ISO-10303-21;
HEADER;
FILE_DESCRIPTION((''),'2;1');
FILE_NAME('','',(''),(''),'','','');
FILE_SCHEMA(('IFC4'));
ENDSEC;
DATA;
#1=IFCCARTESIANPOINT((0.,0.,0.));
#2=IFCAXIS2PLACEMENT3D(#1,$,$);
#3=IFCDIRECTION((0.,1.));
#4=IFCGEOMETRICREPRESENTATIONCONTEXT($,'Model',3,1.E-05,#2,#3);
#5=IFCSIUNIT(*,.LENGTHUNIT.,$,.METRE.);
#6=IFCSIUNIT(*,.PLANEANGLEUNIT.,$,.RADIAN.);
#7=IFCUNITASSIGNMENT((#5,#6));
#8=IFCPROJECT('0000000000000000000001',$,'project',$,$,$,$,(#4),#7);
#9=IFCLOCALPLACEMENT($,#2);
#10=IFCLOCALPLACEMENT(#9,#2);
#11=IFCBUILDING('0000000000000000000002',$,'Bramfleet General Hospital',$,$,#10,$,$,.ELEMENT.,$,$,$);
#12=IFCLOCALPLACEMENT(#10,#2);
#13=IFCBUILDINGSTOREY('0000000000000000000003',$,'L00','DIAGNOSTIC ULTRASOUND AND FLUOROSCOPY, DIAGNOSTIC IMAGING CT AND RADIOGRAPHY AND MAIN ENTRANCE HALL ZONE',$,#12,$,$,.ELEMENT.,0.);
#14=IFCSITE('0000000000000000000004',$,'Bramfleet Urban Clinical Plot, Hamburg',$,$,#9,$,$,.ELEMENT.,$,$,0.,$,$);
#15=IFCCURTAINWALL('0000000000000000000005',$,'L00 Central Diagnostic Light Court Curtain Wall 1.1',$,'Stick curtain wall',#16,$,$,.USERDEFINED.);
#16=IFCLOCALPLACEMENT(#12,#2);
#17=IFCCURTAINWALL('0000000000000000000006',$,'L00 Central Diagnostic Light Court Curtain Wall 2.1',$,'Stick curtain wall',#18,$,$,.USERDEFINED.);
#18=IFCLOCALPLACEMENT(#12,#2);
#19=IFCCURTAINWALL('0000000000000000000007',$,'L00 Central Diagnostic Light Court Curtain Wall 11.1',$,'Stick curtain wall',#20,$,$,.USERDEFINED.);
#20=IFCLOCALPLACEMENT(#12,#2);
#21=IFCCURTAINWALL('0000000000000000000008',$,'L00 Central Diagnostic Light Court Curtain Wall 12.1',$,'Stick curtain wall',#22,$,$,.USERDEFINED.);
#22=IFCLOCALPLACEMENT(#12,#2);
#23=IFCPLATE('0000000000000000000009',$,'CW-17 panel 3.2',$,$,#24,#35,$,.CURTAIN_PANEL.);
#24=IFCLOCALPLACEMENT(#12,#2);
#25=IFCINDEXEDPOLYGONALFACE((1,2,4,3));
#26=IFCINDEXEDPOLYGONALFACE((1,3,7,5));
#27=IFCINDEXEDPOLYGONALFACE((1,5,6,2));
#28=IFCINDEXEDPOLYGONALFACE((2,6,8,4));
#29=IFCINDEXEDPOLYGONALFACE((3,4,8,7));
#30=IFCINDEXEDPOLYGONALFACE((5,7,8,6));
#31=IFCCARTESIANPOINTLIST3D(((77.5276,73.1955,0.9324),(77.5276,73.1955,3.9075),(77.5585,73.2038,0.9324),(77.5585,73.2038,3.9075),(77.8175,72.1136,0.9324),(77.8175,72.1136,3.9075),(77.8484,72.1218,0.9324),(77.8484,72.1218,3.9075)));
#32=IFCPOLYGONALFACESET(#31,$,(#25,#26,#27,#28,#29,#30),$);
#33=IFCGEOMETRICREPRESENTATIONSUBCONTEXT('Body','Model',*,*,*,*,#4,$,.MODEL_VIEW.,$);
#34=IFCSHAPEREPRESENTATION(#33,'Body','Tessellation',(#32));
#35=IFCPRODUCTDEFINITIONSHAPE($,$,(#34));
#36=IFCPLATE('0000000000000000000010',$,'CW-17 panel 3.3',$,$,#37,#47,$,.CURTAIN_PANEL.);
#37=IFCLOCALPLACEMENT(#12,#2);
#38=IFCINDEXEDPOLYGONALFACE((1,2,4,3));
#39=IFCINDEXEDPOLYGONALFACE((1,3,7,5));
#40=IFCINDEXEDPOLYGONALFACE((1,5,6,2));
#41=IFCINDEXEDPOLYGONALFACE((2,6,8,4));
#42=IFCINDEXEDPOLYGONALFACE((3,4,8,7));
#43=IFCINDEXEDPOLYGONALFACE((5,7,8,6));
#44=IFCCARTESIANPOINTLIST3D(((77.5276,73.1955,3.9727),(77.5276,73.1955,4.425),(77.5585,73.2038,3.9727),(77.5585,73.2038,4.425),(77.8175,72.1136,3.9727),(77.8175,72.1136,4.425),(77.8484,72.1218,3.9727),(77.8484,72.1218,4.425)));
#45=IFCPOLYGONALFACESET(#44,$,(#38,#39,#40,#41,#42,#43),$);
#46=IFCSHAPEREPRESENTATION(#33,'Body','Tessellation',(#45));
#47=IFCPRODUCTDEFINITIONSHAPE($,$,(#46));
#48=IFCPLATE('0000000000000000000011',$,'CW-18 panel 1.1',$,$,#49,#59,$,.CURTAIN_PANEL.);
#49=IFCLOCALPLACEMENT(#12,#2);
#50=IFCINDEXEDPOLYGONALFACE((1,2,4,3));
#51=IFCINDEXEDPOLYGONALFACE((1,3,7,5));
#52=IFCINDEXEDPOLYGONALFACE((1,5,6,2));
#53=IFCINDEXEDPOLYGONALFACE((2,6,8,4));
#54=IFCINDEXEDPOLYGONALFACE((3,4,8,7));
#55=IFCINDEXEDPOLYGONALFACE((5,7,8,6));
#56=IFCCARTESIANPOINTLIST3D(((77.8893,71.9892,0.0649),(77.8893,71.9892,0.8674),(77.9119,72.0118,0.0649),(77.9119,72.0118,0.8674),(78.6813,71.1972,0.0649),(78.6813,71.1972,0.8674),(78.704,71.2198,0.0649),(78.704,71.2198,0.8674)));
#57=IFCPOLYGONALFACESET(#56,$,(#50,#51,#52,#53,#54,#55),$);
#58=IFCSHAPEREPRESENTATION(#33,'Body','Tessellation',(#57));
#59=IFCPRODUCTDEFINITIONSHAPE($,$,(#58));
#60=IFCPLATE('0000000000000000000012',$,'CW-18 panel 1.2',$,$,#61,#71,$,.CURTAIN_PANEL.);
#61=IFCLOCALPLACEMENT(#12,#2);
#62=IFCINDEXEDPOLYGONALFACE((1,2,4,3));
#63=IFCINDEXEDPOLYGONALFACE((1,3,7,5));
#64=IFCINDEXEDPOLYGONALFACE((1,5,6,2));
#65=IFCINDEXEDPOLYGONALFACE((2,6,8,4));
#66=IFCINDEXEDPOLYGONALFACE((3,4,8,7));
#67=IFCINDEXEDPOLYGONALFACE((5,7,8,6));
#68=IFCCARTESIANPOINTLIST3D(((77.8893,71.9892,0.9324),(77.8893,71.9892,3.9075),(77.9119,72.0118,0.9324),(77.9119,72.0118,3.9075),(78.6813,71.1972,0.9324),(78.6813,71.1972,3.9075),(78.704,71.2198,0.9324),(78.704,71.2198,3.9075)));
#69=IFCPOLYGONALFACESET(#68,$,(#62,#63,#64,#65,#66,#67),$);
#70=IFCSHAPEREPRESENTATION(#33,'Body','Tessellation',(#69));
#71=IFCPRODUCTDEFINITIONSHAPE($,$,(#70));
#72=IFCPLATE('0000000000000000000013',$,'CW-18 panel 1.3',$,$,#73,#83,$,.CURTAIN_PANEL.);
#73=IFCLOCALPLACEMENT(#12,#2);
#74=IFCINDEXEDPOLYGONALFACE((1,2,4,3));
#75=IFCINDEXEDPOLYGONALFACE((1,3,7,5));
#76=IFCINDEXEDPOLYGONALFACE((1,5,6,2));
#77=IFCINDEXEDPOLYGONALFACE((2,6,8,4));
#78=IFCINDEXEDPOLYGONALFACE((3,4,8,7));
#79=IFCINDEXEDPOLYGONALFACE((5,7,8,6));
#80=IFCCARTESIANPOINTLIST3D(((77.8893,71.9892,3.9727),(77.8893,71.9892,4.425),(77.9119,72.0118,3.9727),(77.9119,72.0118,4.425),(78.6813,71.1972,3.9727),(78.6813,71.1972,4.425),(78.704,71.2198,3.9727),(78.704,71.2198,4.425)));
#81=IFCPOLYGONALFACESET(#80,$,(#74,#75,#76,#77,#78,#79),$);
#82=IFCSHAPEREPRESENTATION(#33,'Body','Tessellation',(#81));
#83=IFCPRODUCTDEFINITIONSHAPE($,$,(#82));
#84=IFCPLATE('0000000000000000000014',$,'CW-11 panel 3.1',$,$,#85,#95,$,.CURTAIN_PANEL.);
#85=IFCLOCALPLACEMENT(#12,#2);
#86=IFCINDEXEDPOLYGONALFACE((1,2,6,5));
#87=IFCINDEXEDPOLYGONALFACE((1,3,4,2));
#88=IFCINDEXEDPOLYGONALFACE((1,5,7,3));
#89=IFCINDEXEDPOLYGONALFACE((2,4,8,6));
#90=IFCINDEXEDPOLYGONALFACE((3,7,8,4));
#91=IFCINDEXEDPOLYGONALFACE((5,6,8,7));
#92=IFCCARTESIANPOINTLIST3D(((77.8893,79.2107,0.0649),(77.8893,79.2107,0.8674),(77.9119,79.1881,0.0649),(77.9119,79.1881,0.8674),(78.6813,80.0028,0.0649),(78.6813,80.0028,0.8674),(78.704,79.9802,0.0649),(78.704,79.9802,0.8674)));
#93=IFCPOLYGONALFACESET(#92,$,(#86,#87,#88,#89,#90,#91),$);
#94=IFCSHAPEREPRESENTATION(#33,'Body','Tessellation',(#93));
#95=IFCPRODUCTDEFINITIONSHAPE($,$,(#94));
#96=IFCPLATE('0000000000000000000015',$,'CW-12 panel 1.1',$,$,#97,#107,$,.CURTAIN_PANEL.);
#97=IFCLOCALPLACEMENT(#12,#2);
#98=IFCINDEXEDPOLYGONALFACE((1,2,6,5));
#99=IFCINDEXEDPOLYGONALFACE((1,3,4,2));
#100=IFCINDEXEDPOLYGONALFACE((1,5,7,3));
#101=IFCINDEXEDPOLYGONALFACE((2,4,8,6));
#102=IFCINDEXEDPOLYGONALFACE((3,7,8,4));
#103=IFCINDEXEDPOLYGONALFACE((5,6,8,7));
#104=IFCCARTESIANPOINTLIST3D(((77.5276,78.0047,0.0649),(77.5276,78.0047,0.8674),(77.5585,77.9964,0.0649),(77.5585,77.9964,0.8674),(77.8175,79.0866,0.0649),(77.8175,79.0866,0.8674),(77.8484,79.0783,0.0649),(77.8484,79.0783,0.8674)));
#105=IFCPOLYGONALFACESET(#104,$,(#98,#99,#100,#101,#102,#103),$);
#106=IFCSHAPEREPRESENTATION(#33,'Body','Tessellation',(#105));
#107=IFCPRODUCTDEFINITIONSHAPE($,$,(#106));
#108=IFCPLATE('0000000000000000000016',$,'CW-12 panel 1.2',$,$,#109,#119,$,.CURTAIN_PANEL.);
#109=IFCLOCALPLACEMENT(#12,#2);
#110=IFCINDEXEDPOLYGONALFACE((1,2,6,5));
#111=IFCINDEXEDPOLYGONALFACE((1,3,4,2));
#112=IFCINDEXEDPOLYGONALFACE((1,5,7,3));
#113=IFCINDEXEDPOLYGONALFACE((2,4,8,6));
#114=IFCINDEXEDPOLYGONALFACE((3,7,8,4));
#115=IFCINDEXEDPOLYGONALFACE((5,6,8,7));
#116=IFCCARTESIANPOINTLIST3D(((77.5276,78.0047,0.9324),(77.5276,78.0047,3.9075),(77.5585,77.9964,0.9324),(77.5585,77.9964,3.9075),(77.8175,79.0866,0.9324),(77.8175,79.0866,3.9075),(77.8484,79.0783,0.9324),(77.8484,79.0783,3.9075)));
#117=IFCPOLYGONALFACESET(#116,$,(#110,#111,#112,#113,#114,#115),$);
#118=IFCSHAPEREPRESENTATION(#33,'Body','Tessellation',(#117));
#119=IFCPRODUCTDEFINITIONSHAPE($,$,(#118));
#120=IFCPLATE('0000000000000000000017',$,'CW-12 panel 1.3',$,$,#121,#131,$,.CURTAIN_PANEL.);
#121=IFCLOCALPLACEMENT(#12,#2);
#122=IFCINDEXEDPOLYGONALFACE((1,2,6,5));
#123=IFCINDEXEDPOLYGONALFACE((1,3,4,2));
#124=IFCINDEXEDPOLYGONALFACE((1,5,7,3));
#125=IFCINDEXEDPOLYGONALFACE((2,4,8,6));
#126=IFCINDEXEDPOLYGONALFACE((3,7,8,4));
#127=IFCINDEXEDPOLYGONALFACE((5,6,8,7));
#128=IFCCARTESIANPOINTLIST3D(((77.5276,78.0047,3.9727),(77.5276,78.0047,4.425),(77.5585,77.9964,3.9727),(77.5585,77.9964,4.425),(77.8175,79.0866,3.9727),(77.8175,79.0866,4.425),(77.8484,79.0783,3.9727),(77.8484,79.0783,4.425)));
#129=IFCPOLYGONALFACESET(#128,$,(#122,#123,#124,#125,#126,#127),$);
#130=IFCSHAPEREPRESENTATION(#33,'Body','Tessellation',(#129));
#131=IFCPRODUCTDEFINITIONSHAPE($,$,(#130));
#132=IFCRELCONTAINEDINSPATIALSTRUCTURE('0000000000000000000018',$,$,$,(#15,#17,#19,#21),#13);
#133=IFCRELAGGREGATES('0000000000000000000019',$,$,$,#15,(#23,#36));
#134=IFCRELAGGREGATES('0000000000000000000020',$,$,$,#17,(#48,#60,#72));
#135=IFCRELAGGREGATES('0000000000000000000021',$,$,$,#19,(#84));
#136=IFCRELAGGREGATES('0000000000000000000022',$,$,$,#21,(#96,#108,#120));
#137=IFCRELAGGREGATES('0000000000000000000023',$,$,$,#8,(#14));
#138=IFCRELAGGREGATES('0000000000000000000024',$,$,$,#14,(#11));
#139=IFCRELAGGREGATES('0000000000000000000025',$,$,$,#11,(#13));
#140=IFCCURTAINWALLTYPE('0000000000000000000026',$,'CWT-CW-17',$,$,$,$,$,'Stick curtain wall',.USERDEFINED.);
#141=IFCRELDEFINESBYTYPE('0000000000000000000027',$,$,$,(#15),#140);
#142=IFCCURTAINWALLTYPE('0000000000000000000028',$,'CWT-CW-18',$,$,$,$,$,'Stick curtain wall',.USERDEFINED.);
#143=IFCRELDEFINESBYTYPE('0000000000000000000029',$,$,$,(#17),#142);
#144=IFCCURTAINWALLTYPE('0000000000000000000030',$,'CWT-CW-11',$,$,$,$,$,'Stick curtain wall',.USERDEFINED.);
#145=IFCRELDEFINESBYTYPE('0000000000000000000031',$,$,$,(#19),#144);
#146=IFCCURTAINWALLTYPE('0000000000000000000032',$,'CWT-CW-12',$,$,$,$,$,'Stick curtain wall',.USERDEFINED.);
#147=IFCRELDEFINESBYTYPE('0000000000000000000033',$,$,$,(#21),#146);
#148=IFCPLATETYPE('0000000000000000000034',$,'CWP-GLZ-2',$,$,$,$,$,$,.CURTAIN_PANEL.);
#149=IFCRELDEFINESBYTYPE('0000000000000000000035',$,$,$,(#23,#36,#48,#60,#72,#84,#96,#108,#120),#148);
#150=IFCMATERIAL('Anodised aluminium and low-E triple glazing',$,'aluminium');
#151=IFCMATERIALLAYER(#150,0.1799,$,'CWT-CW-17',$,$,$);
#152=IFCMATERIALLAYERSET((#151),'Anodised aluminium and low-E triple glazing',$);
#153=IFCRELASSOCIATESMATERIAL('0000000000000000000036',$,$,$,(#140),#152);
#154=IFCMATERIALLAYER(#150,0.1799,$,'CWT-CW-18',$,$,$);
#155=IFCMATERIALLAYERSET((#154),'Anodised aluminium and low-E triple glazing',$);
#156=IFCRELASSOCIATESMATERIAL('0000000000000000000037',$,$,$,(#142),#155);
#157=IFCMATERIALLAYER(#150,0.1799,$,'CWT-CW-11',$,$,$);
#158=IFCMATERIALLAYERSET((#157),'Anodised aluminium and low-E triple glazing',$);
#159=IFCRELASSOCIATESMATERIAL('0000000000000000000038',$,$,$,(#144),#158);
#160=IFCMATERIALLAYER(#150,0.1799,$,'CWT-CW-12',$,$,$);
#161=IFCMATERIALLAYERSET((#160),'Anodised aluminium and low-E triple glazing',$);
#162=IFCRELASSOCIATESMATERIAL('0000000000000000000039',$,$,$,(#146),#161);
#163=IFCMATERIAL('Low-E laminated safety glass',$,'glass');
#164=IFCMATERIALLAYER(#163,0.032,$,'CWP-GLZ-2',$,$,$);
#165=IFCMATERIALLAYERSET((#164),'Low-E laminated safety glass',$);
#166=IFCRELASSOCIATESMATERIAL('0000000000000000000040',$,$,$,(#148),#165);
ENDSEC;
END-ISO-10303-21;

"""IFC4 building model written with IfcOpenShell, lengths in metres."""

from ifc_helpers import new_model, si_unit, direction, frame, origin, origin_2d, place, context, subcontext, project, spatial, rectangle, extrude, material, layer, layer_set, type_object, element, aggregate, save


model = new_model("IFC4")

# Units and contexts
model_context = context("Model", 3, precision=1e-05, world=origin(), true_north=direction((0.0, 1.0)))
body_context = subcontext(model_context, "Body", "Model", "MODEL_VIEW")
ifc_project = project(units=[si_unit("LENGTHUNIT", "METRE"), si_unit("PLANEANGLEUNIT", "RADIAN")], contexts=[model_context])

# Site, building, storey
site_placement = place(None, origin())
site = spatial("IfcSite", under=ifc_project, at=site_placement, Name="Bramfleet Urban Clinical Plot, Hamburg", CompositionType="ELEMENT", RefElevation=0.0)
building_placement = place(site_placement, origin())
building = spatial("IfcBuilding", under=site, at=building_placement, Name="Bramfleet General Hospital", CompositionType="ELEMENT")
storey_placement = place(building_placement, origin())
storey = spatial("IfcBuildingStorey", under=building, at=storey_placement, Name="L00", Description="DIAGNOSTIC ULTRASOUND AND FLUOROSCOPY, DIAGNOSTIC IMAGING CT AND RADIOGRAPHY AND MAIN ENTRANCE HALL ZONE", CompositionType="ELEMENT", Elevation=0.0)

# Curtain wall
ifc_material_1 = material(Name="Anodised aluminium and low-E triple glazing", Category="aluminium")
ifc_layer_1 = layer(ifc_material_1, 0.1799, Name="CWT-CW-17")
ifc_layer_set_1 = layer_set([ifc_layer_1], Name="Anodised aluminium and low-E triple glazing")
curtain_wall_type_1 = type_object("IfcCurtainWallType", Name="CWT-CW-17", ElementType="Stick curtain wall", PredefinedType="USERDEFINED", material=ifc_layer_set_1)
curtain_wall_1_placement = place(storey_placement, origin())
curtain_wall_1 = element("IfcCurtainWall", 1, at=curtain_wall_1_placement, inside=storey, type_object=curtain_wall_type_1, Name="L00 Central Diagnostic Light Court Curtain Wall 1.1", ObjectType="Stick curtain wall", PredefinedType="USERDEFINED")

# Curtain walls
ifc_layer_2 = layer(ifc_material_1, 0.1799, Name="CWT-CW-18")
ifc_layer_set_2 = layer_set([ifc_layer_2], Name="Anodised aluminium and low-E triple glazing")
curtain_wall_type_2 = type_object("IfcCurtainWallType", Name="CWT-CW-18", ElementType="Stick curtain wall", PredefinedType="USERDEFINED", material=ifc_layer_set_2)
curtain_wall_2_placement = place(storey_placement, origin())
curtain_wall_2 = element("IfcCurtainWall", 2, at=curtain_wall_2_placement, inside=storey, type_object=curtain_wall_type_2, Name="L00 Central Diagnostic Light Court Curtain Wall 2.1", ObjectType="Stick curtain wall", PredefinedType="USERDEFINED")
ifc_layer_3 = layer(ifc_material_1, 0.1799, Name="CWT-CW-11")
ifc_layer_set_3 = layer_set([ifc_layer_3], Name="Anodised aluminium and low-E triple glazing")
curtain_wall_type_3 = type_object("IfcCurtainWallType", Name="CWT-CW-11", ElementType="Stick curtain wall", PredefinedType="USERDEFINED", material=ifc_layer_set_3)
curtain_wall_3_placement = place(storey_placement, origin())
curtain_wall_3 = element("IfcCurtainWall", 3, at=curtain_wall_3_placement, inside=storey, type_object=curtain_wall_type_3, Name="L00 Central Diagnostic Light Court Curtain Wall 11.1", ObjectType="Stick curtain wall", PredefinedType="USERDEFINED")

# Curtain wall
ifc_layer_4 = layer(ifc_material_1, 0.1799, Name="CWT-CW-12")
ifc_layer_set_4 = layer_set([ifc_layer_4], Name="Anodised aluminium and low-E triple glazing")
curtain_wall_type_4 = type_object("IfcCurtainWallType", Name="CWT-CW-12", ElementType="Stick curtain wall", PredefinedType="USERDEFINED", material=ifc_layer_set_4)
curtain_wall_4_placement = place(storey_placement, origin())
curtain_wall_4 = element("IfcCurtainWall", 4, at=curtain_wall_4_placement, inside=storey, type_object=curtain_wall_type_4, Name="L00 Central Diagnostic Light Court Curtain Wall 12.1", ObjectType="Stick curtain wall", PredefinedType="USERDEFINED")

# Plates
ifc_material_2 = material(Name="Low-E laminated safety glass", Category="glass")
ifc_layer_5 = layer(ifc_material_2, 0.032, Name="CWP-GLZ-2")
ifc_layer_set_5 = layer_set([ifc_layer_5], Name="Low-E laminated safety glass")
plate_type = type_object("IfcPlateType", Name="CWP-GLZ-2", PredefinedType="CURTAIN_PANEL", material=ifc_layer_set_5)
plate_1_placement = place(storey_placement, frame((77.688, 72.6587, 0.9324), z_axis=(0.0, 0.0, 1.0), x_axis=(0.258763, -0.965941, 0.0)))
plate_1 = element("IfcPlate", 5, at=plate_1_placement, type_object=plate_type, Name="CW-17 panel 3.2", PredefinedType="CURTAIN_PANEL", context=body_context, shape_type="SweptSolid", body=[
    extrude(rectangle(XDim=1.1201, YDim=0.032, at=origin_2d()), origin(), (0.0, 0.0, 1.0), 2.9751),
])
plate_2_placement = place(storey_placement, frame((77.688, 72.6587, 3.9727), z_axis=(0.0, 0.0, 1.0), x_axis=(0.258763, -0.965941, 0.0)))
plate_2 = element("IfcPlate", 6, at=plate_2_placement, type_object=plate_type, Name="CW-17 panel 3.3", PredefinedType="CURTAIN_PANEL", context=body_context, shape_type="SweptSolid", body=[
    extrude(rectangle(XDim=1.1201, YDim=0.032, at=origin_2d()), origin(), (0.0, 0.0, 1.0), 0.4524),
])
aggregate(curtain_wall_1, [plate_1, plate_2])
plate_3_placement = place(storey_placement, frame((78.2966, 71.6045, 0.0649), z_axis=(0.0, 0.0, 1.0), x_axis=(0.707107, -0.707107, 0.0)))
plate_3 = element("IfcPlate", 7, at=plate_3_placement, type_object=plate_type, Name="CW-18 panel 1.1", PredefinedType="CURTAIN_PANEL", context=body_context, shape_type="SweptSolid", body=[
    extrude(rectangle(XDim=1.1201, YDim=0.032, at=origin_2d()), origin(), (0.0, 0.0, 1.0), 0.8025),
])
plate_4_placement = place(storey_placement, frame((78.2966, 71.6045, 0.9324), z_axis=(0.0, 0.0, 1.0), x_axis=(0.707107, -0.707107, 0.0)))
plate_4 = element("IfcPlate", 8, at=plate_4_placement, type_object=plate_type, Name="CW-18 panel 1.2", PredefinedType="CURTAIN_PANEL", context=body_context, shape_type="SweptSolid", body=[
    extrude(rectangle(XDim=1.1201, YDim=0.032, at=origin_2d()), origin(), (0.0, 0.0, 1.0), 2.9751),
])
plate_5_placement = place(storey_placement, frame((78.2966, 71.6045, 3.9727), z_axis=(0.0, 0.0, 1.0), x_axis=(0.707107, -0.707107, 0.0)))
plate_5 = element("IfcPlate", 9, at=plate_5_placement, type_object=plate_type, Name="CW-18 panel 1.3", PredefinedType="CURTAIN_PANEL", context=body_context, shape_type="SweptSolid", body=[
    extrude(rectangle(XDim=1.1201, YDim=0.032, at=origin_2d()), origin(), (0.0, 0.0, 1.0), 0.4524),
])
aggregate(curtain_wall_2, [plate_3, plate_4, plate_5])
plate_6_placement = place(storey_placement, frame((78.2966, 79.5955, 0.0649), z_axis=(0.0, 0.0, 1.0), x_axis=(-0.707107, -0.707107, 0.0)))
plate_6 = element("IfcPlate", 10, at=plate_6_placement, type_object=plate_type, Name="CW-11 panel 3.1", PredefinedType="CURTAIN_PANEL", context=body_context, shape_type="SweptSolid", body=[
    extrude(rectangle(XDim=1.1201, YDim=0.032, at=origin_2d()), origin(), (0.0, 0.0, 1.0), 0.8025),
])
aggregate(curtain_wall_3, [plate_6])
plate_7_placement = place(storey_placement, frame((77.688, 78.5415, 0.0649), z_axis=(0.0, 0.0, 1.0), x_axis=(-0.258763, -0.965941, 0.0)))
plate_7 = element("IfcPlate", 11, at=plate_7_placement, type_object=plate_type, Name="CW-12 panel 1.1", PredefinedType="CURTAIN_PANEL", context=body_context, shape_type="SweptSolid", body=[
    extrude(rectangle(XDim=1.1201, YDim=0.032, at=origin_2d()), origin(), (0.0, 0.0, 1.0), 0.8025),
])
plate_8_placement = place(storey_placement, frame((77.688, 78.5415, 0.9324), z_axis=(0.0, 0.0, 1.0), x_axis=(-0.258763, -0.965941, 0.0)))
plate_8 = element("IfcPlate", 12, at=plate_8_placement, type_object=plate_type, Name="CW-12 panel 1.2", PredefinedType="CURTAIN_PANEL", context=body_context, shape_type="SweptSolid", body=[
    extrude(rectangle(XDim=1.1201, YDim=0.032, at=origin_2d()), origin(), (0.0, 0.0, 1.0), 2.9751),
])
plate_9_placement = place(storey_placement, frame((77.688, 78.5415, 3.9727), z_axis=(0.0, 0.0, 1.0), x_axis=(-0.258763, -0.965941, 0.0)))
plate_9 = element("IfcPlate", 13, at=plate_9_placement, type_object=plate_type, Name="CW-12 panel 1.3", PredefinedType="CURTAIN_PANEL", context=body_context, shape_type="SweptSolid", body=[
    extrude(rectangle(XDim=1.1201, YDim=0.032, at=origin_2d()), origin(), (0.0, 0.0, 1.0), 0.4524),
])
aggregate(curtain_wall_4, [plate_7, plate_8, plate_9])

save(model, "model.ifc")
